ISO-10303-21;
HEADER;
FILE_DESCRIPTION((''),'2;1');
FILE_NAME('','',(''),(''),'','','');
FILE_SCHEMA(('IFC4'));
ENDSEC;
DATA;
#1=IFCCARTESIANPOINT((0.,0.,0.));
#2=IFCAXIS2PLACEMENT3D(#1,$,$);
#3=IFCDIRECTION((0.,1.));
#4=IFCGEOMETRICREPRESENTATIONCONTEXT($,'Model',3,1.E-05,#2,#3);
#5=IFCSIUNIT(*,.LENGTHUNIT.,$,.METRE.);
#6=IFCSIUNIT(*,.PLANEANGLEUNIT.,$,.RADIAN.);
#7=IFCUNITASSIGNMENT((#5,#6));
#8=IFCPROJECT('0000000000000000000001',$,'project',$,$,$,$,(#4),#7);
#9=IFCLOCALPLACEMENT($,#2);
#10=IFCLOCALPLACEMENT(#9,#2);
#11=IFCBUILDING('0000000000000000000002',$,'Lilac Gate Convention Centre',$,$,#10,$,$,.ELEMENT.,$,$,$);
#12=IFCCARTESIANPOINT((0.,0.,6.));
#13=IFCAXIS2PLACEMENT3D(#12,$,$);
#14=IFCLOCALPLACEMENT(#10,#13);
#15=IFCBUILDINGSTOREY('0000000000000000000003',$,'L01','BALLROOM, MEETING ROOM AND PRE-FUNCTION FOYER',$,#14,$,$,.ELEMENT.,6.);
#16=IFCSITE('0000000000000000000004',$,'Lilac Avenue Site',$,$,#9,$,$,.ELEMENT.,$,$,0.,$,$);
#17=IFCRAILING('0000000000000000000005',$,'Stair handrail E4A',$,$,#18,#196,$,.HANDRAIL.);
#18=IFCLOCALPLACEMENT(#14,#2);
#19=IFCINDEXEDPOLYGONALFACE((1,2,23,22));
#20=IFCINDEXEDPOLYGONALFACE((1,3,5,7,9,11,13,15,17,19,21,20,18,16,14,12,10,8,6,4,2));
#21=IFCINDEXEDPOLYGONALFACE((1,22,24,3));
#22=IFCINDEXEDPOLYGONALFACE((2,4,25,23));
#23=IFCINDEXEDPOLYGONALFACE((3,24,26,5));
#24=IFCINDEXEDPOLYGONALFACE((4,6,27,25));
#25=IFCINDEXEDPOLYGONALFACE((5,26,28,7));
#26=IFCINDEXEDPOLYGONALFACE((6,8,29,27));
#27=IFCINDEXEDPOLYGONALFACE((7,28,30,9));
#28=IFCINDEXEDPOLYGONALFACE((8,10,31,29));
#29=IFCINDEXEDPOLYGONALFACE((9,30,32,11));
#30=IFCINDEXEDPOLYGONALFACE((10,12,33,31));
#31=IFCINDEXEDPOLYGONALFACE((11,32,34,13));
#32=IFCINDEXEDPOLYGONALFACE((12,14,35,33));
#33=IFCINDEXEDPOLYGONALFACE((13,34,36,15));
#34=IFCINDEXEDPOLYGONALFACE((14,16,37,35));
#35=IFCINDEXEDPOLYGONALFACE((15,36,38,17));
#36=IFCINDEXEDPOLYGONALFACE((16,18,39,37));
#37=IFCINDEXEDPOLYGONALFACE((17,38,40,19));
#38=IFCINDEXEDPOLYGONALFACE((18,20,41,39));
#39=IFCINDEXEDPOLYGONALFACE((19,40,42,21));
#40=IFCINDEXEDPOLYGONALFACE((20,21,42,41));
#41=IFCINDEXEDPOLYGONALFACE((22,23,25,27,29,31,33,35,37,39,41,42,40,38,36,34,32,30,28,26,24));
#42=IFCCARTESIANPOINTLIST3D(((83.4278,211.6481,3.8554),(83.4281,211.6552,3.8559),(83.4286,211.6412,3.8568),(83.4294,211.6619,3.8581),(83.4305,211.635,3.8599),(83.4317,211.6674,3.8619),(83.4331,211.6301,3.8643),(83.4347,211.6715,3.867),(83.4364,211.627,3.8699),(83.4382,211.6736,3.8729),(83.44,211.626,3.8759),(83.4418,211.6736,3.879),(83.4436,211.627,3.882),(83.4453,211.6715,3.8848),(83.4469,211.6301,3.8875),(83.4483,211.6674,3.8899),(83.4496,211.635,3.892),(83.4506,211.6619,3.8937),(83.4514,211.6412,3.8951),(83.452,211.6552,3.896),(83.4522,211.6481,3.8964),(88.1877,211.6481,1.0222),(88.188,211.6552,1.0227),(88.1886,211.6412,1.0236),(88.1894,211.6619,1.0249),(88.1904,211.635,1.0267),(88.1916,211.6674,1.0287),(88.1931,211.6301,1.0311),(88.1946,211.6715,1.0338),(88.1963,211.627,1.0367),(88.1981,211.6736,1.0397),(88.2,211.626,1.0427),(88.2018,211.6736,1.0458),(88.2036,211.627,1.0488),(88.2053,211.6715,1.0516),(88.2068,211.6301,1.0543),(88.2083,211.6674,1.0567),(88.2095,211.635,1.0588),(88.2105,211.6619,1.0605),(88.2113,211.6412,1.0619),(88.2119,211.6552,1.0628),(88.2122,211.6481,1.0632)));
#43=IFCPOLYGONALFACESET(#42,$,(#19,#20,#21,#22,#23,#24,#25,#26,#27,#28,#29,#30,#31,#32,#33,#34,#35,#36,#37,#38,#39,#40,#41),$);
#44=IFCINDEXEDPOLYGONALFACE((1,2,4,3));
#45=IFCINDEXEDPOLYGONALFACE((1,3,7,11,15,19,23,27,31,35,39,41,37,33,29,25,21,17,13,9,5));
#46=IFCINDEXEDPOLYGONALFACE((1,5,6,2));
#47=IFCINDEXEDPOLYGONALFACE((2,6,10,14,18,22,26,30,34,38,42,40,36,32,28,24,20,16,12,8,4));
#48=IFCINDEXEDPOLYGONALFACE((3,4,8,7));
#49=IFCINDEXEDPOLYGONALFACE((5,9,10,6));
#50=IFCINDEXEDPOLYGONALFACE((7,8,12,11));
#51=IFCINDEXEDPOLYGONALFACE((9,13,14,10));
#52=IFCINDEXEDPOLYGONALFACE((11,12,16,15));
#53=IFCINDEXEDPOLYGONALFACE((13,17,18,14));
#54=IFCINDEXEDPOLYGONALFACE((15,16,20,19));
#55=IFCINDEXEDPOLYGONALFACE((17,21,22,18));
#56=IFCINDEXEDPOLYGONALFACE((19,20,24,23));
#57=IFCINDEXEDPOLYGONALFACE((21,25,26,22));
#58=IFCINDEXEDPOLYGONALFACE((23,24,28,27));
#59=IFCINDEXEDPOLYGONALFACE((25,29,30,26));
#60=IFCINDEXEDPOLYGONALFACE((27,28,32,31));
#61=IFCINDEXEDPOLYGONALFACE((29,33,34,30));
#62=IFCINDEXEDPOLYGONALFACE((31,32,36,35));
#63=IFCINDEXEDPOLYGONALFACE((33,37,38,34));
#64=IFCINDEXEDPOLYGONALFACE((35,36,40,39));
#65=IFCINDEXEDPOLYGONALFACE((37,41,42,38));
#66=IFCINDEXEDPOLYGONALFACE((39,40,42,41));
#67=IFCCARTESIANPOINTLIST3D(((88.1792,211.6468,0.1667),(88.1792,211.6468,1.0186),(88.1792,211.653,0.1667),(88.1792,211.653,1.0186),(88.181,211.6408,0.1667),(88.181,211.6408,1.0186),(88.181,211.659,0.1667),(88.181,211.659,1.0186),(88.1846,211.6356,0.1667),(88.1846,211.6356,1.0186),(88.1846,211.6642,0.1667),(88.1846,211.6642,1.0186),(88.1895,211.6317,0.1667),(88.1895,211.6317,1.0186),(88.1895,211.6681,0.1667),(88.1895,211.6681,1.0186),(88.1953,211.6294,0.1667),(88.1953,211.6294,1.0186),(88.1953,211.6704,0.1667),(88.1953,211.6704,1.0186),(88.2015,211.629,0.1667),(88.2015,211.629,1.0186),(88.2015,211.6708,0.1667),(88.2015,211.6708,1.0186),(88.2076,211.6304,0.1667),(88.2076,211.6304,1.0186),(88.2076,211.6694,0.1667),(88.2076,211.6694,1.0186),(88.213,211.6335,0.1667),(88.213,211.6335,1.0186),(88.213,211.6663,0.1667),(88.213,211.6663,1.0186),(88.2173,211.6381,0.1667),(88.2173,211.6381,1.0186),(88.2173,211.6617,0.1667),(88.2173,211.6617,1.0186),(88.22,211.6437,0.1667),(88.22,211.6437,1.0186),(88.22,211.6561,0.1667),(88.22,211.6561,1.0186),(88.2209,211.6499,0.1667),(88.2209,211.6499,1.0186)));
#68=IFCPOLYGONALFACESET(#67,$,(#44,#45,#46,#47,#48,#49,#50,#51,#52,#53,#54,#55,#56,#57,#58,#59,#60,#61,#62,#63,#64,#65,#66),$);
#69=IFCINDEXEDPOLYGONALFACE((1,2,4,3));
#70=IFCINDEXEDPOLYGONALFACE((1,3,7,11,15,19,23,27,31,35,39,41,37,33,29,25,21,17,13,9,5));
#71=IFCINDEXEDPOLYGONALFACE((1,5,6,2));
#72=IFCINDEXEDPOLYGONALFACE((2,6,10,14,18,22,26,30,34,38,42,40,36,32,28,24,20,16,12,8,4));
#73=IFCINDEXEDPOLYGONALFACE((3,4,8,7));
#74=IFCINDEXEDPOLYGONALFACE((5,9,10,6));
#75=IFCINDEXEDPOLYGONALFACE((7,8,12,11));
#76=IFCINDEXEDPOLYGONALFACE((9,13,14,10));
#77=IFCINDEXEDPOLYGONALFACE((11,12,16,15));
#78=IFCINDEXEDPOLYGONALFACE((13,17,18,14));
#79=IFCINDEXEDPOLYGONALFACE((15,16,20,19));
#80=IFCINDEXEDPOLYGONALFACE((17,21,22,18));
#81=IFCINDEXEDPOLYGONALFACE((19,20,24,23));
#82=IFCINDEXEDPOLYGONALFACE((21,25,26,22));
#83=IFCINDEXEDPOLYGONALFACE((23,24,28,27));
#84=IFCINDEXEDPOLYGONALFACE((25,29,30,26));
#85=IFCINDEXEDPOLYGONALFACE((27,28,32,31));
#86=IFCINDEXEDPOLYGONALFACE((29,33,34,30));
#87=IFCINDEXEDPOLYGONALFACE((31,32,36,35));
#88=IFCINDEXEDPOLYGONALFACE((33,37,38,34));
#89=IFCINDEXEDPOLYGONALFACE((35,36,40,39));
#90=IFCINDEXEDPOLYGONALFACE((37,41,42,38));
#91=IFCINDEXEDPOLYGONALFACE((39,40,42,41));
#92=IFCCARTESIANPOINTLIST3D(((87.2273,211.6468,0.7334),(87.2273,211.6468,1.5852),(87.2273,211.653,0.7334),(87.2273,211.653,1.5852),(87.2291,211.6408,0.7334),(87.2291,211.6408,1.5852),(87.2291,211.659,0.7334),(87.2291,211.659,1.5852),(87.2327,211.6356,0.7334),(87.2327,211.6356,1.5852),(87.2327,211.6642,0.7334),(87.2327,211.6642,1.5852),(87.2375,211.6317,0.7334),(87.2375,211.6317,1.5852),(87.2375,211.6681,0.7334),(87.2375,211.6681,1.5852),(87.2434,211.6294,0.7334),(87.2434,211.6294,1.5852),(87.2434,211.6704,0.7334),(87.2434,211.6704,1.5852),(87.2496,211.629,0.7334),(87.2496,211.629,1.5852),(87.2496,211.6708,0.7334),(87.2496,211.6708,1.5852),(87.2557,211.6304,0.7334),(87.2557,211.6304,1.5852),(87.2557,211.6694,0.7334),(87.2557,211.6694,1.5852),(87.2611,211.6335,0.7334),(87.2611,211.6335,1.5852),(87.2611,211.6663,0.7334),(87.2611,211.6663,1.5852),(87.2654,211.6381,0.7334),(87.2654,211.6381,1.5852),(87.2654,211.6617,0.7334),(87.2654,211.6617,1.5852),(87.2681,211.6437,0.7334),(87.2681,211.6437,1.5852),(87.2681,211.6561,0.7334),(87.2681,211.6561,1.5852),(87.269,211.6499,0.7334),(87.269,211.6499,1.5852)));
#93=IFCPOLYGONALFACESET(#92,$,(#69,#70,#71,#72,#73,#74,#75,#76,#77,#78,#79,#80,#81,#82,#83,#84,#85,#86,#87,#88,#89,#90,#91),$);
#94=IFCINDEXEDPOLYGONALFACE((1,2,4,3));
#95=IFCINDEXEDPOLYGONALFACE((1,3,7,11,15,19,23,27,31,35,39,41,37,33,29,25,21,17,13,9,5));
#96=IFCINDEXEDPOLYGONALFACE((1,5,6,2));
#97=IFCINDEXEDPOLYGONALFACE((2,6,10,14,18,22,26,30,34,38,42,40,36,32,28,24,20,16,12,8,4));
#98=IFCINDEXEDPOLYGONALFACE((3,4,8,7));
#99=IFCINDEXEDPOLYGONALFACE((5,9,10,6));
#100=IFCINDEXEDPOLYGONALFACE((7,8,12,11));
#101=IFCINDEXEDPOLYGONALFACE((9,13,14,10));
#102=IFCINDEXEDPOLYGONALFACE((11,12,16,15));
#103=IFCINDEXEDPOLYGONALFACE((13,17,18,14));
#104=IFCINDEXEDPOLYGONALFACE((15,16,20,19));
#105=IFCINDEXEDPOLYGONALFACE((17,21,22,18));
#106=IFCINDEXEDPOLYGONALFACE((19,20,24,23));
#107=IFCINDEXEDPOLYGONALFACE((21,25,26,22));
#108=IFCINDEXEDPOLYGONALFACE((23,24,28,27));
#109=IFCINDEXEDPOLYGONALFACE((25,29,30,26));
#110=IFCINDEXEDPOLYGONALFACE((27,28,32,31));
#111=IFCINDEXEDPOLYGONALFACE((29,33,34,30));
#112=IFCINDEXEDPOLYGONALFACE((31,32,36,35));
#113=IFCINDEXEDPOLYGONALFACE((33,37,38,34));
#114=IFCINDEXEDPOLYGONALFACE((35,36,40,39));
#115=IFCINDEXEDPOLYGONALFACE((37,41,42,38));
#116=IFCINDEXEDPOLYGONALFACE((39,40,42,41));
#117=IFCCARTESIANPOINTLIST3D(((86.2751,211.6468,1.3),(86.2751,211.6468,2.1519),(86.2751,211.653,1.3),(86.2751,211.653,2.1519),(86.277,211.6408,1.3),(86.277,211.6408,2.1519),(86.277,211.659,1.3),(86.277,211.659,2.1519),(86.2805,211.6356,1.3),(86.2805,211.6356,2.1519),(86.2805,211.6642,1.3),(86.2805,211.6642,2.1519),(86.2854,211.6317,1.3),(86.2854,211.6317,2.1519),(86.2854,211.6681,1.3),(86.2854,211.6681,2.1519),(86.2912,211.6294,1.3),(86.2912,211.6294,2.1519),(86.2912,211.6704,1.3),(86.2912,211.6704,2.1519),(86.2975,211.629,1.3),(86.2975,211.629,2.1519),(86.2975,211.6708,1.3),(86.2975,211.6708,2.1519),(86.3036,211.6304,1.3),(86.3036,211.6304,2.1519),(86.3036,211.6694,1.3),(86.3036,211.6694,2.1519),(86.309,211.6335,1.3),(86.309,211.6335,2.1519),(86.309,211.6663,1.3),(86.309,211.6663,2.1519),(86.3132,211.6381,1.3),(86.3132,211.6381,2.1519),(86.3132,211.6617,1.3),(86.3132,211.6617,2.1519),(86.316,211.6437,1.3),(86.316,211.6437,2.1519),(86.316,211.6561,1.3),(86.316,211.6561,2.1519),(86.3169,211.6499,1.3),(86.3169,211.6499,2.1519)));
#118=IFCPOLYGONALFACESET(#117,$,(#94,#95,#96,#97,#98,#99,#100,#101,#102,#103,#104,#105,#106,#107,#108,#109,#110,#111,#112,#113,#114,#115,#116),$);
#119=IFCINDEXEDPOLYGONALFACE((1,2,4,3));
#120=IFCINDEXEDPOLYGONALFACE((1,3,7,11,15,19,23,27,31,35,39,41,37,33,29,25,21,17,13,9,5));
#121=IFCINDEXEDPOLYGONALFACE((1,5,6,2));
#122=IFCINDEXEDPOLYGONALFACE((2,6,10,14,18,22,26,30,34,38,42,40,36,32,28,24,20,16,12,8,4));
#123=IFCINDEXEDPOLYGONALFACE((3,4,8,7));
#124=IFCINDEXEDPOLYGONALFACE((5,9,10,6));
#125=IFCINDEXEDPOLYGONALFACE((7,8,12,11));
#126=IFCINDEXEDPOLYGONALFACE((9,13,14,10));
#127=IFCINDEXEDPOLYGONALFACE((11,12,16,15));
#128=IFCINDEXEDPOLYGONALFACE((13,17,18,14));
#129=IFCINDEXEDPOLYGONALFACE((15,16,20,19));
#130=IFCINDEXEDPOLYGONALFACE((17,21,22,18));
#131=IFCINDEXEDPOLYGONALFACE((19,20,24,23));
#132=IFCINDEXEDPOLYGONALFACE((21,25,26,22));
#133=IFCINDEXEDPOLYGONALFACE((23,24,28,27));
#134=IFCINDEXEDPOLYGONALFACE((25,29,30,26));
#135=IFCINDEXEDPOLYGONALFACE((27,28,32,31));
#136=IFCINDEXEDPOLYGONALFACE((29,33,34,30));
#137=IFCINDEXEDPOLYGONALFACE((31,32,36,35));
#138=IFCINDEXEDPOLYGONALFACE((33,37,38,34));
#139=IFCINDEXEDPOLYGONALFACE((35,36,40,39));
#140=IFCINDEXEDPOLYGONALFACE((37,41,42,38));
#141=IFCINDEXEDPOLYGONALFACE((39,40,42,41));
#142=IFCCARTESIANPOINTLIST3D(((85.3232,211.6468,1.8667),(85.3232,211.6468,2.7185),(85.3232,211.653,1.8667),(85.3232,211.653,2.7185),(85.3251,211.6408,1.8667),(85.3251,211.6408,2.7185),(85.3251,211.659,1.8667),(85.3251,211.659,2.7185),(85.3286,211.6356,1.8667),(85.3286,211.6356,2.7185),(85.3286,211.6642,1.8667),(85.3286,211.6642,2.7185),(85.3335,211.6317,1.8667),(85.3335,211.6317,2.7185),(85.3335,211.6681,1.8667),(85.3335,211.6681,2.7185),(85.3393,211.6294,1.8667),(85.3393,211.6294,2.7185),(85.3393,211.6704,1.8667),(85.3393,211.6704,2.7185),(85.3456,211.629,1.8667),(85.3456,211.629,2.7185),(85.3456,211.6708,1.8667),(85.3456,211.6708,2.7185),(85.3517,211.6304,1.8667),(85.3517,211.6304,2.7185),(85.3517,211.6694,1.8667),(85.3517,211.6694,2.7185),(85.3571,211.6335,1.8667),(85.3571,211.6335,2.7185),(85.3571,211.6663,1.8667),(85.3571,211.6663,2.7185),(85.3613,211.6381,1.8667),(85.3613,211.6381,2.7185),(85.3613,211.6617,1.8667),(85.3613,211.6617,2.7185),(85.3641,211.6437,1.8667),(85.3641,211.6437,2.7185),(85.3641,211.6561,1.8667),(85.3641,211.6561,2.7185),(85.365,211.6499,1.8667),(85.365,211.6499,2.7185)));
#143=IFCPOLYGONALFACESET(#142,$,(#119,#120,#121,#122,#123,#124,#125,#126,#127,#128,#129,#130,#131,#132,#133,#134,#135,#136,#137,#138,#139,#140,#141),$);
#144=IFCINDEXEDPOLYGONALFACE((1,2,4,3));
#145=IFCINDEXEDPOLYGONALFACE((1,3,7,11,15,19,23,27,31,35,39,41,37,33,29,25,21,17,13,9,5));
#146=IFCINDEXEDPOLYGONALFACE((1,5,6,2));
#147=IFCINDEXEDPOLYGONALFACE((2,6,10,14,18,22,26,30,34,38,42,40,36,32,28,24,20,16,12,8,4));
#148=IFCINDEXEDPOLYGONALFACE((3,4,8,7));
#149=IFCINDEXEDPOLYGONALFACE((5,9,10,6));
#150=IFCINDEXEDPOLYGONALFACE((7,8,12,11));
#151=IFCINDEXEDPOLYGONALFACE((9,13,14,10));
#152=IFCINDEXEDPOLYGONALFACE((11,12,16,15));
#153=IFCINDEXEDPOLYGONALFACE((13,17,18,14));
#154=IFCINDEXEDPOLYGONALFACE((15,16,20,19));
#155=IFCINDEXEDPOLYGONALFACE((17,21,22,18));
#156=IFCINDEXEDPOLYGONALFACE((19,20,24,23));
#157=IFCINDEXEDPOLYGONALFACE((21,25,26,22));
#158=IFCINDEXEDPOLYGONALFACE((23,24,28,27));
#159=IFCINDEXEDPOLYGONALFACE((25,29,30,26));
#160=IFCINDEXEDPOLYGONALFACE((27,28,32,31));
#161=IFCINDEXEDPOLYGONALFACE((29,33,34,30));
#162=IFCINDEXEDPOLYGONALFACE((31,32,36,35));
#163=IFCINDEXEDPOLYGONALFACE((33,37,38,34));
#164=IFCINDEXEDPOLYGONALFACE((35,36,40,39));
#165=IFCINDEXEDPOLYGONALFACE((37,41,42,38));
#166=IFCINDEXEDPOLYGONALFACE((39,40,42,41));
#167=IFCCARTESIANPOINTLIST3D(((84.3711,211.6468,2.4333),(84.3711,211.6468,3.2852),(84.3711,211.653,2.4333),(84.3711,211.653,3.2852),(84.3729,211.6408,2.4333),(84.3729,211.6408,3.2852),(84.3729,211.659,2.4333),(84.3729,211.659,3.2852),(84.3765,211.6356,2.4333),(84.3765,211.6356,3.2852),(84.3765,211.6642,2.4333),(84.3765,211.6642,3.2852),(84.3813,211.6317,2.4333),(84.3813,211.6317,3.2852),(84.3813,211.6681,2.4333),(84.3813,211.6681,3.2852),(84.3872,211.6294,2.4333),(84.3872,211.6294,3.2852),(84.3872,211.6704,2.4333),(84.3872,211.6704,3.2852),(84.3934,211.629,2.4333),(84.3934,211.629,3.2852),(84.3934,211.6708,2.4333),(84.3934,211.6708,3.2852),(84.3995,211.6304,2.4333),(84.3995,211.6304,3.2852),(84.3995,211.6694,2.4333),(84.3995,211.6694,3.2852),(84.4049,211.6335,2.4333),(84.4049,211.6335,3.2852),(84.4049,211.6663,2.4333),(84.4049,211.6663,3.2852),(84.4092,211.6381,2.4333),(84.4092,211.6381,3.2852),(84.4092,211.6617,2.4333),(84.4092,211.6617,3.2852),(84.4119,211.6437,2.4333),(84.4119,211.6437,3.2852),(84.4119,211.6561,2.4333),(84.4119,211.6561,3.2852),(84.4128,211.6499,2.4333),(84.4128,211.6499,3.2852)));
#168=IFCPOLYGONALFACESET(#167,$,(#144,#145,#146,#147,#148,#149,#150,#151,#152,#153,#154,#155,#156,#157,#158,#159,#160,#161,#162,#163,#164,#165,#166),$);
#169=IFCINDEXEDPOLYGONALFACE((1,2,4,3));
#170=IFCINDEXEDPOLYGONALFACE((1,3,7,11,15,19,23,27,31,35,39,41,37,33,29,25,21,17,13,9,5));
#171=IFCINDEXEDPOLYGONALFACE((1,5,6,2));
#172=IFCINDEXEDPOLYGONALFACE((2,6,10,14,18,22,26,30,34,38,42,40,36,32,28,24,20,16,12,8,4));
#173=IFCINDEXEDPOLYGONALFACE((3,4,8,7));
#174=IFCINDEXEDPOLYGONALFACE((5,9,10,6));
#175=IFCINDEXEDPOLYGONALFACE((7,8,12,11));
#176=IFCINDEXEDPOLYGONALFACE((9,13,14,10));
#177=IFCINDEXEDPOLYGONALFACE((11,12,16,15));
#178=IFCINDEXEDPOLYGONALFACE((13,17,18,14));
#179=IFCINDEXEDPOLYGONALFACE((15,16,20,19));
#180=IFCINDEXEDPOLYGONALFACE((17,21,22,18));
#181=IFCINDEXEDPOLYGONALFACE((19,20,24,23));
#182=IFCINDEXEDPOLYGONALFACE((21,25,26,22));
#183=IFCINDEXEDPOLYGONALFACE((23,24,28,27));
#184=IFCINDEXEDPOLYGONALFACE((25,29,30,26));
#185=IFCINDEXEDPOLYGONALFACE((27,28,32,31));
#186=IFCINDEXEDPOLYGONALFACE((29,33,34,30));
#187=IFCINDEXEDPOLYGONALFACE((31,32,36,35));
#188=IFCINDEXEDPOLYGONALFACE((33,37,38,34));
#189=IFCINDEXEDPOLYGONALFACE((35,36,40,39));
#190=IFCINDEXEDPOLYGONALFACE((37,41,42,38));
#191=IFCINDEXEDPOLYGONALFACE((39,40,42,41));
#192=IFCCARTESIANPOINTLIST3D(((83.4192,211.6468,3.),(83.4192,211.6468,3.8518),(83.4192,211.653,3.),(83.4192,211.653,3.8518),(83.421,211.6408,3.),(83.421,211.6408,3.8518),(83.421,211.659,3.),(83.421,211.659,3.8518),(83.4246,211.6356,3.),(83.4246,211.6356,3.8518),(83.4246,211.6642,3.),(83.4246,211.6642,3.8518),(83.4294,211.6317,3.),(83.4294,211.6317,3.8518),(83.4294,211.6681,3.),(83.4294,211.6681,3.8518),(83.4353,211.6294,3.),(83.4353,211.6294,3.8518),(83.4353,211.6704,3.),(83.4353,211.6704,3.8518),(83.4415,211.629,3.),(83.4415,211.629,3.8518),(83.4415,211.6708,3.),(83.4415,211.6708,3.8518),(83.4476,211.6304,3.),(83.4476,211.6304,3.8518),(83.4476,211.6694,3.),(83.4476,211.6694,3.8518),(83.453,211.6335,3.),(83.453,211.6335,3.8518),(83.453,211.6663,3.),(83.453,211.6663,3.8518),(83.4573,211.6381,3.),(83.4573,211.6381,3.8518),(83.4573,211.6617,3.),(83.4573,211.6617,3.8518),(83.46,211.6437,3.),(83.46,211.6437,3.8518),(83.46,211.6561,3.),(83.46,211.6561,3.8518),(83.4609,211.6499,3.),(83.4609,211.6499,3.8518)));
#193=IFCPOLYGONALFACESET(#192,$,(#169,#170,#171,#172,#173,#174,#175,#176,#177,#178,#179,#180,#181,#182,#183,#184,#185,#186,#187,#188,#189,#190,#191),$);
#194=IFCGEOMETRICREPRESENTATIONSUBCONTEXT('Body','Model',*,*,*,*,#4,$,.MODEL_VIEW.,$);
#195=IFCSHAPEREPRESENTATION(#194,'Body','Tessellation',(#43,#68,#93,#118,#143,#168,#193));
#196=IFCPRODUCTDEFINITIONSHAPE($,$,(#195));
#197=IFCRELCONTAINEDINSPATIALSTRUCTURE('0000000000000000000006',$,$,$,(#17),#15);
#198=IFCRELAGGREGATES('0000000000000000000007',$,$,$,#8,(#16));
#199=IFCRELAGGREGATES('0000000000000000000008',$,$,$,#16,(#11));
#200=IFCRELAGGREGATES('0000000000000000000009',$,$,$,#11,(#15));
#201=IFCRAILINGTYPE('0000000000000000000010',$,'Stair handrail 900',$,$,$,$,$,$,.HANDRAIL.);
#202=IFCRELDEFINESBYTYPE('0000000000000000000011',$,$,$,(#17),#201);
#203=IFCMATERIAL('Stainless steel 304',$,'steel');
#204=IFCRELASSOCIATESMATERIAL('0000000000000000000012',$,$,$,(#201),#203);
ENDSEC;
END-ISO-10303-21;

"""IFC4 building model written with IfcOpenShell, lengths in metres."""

from ifc_helpers import new_model, si_unit, direction, frame, origin, origin_2d, place, context, subcontext, project, spatial, circle, extrude, material, type_object, element, save


model = new_model("IFC4")

# Units and contexts
model_context = context("Model", 3, precision=1e-05, world=origin(), true_north=direction((0.0, 1.0)))
body_context = subcontext(model_context, "Body", "Model", "MODEL_VIEW")
ifc_project = project(units=[si_unit("LENGTHUNIT", "METRE"), si_unit("PLANEANGLEUNIT", "RADIAN")], contexts=[model_context])

# Site, building, storey
site_placement = place(None, origin())
site = spatial("IfcSite", under=ifc_project, at=site_placement, Name="Lilac Avenue Site", CompositionType="ELEMENT", RefElevation=0.0)
building_placement = place(site_placement, origin())
building = spatial("IfcBuilding", under=site, at=building_placement, Name="Lilac Gate Convention Centre", CompositionType="ELEMENT")
storey_placement = place(building_placement, frame((0.0, 0.0, 6.0)))
storey = spatial("IfcBuildingStorey", under=building, at=storey_placement, Name="L01", Description="BALLROOM, MEETING ROOM AND PRE-FUNCTION FOYER", CompositionType="ELEMENT", Elevation=6.0)

# Shared definitions
ifc_material_1 = material(Name="Stainless steel 304", Category="steel")

# Railing
railing_type = type_object("IfcRailingType", Name="Stair handrail 900", PredefinedType="HANDRAIL", material=ifc_material_1)
for number, where, name in (
    (1, (88.2, 211.6499, 0.1667), "Stair handrail E4A"),
):
    element("IfcRailing", number, at=place(storey_placement, frame(where)), inside=storey, type_object=railing_type, Name=name, PredefinedType="HANDRAIL", context=body_context, shape_type="SweptSolid", body=[
        extrude(circle(Radius=0.0239, at=origin_2d()), frame((0.0, 0.0, 0.876), z_axis=(-0.8593, 0.0, 0.511472), x_axis=(0.0, -1.0, 0.0)), (0.0, 0.0, 1.0), 5.5393),
        extrude(circle(Radius=0.021, at=origin_2d()), origin(), (0.0, 0.0, 1.0), 0.8518),
        extrude(circle(Radius=0.021, at=origin_2d()), frame((-0.9519, 0.0, 0.5667)), (0.0, 0.0, 1.0), 0.8518),
        extrude(circle(Radius=0.021, at=origin_2d()), frame((-1.9041, 0.0, 1.1333)), (0.0, 0.0, 1.0), 0.8518),
        extrude(circle(Radius=0.021, at=origin_2d()), frame((-2.856, 0.0, 1.7)), (0.0, 0.0, 1.0), 0.8518),
        extrude(circle(Radius=0.021, at=origin_2d()), frame((-3.8081, 0.0, 2.2666)), (0.0, 0.0, 1.0), 0.8518),
        extrude(circle(Radius=0.021, at=origin_2d()), frame((-4.76, 0.0, 2.8333)), (0.0, 0.0, 1.0), 0.8518),
    ])

save(model, "model.ifc")
